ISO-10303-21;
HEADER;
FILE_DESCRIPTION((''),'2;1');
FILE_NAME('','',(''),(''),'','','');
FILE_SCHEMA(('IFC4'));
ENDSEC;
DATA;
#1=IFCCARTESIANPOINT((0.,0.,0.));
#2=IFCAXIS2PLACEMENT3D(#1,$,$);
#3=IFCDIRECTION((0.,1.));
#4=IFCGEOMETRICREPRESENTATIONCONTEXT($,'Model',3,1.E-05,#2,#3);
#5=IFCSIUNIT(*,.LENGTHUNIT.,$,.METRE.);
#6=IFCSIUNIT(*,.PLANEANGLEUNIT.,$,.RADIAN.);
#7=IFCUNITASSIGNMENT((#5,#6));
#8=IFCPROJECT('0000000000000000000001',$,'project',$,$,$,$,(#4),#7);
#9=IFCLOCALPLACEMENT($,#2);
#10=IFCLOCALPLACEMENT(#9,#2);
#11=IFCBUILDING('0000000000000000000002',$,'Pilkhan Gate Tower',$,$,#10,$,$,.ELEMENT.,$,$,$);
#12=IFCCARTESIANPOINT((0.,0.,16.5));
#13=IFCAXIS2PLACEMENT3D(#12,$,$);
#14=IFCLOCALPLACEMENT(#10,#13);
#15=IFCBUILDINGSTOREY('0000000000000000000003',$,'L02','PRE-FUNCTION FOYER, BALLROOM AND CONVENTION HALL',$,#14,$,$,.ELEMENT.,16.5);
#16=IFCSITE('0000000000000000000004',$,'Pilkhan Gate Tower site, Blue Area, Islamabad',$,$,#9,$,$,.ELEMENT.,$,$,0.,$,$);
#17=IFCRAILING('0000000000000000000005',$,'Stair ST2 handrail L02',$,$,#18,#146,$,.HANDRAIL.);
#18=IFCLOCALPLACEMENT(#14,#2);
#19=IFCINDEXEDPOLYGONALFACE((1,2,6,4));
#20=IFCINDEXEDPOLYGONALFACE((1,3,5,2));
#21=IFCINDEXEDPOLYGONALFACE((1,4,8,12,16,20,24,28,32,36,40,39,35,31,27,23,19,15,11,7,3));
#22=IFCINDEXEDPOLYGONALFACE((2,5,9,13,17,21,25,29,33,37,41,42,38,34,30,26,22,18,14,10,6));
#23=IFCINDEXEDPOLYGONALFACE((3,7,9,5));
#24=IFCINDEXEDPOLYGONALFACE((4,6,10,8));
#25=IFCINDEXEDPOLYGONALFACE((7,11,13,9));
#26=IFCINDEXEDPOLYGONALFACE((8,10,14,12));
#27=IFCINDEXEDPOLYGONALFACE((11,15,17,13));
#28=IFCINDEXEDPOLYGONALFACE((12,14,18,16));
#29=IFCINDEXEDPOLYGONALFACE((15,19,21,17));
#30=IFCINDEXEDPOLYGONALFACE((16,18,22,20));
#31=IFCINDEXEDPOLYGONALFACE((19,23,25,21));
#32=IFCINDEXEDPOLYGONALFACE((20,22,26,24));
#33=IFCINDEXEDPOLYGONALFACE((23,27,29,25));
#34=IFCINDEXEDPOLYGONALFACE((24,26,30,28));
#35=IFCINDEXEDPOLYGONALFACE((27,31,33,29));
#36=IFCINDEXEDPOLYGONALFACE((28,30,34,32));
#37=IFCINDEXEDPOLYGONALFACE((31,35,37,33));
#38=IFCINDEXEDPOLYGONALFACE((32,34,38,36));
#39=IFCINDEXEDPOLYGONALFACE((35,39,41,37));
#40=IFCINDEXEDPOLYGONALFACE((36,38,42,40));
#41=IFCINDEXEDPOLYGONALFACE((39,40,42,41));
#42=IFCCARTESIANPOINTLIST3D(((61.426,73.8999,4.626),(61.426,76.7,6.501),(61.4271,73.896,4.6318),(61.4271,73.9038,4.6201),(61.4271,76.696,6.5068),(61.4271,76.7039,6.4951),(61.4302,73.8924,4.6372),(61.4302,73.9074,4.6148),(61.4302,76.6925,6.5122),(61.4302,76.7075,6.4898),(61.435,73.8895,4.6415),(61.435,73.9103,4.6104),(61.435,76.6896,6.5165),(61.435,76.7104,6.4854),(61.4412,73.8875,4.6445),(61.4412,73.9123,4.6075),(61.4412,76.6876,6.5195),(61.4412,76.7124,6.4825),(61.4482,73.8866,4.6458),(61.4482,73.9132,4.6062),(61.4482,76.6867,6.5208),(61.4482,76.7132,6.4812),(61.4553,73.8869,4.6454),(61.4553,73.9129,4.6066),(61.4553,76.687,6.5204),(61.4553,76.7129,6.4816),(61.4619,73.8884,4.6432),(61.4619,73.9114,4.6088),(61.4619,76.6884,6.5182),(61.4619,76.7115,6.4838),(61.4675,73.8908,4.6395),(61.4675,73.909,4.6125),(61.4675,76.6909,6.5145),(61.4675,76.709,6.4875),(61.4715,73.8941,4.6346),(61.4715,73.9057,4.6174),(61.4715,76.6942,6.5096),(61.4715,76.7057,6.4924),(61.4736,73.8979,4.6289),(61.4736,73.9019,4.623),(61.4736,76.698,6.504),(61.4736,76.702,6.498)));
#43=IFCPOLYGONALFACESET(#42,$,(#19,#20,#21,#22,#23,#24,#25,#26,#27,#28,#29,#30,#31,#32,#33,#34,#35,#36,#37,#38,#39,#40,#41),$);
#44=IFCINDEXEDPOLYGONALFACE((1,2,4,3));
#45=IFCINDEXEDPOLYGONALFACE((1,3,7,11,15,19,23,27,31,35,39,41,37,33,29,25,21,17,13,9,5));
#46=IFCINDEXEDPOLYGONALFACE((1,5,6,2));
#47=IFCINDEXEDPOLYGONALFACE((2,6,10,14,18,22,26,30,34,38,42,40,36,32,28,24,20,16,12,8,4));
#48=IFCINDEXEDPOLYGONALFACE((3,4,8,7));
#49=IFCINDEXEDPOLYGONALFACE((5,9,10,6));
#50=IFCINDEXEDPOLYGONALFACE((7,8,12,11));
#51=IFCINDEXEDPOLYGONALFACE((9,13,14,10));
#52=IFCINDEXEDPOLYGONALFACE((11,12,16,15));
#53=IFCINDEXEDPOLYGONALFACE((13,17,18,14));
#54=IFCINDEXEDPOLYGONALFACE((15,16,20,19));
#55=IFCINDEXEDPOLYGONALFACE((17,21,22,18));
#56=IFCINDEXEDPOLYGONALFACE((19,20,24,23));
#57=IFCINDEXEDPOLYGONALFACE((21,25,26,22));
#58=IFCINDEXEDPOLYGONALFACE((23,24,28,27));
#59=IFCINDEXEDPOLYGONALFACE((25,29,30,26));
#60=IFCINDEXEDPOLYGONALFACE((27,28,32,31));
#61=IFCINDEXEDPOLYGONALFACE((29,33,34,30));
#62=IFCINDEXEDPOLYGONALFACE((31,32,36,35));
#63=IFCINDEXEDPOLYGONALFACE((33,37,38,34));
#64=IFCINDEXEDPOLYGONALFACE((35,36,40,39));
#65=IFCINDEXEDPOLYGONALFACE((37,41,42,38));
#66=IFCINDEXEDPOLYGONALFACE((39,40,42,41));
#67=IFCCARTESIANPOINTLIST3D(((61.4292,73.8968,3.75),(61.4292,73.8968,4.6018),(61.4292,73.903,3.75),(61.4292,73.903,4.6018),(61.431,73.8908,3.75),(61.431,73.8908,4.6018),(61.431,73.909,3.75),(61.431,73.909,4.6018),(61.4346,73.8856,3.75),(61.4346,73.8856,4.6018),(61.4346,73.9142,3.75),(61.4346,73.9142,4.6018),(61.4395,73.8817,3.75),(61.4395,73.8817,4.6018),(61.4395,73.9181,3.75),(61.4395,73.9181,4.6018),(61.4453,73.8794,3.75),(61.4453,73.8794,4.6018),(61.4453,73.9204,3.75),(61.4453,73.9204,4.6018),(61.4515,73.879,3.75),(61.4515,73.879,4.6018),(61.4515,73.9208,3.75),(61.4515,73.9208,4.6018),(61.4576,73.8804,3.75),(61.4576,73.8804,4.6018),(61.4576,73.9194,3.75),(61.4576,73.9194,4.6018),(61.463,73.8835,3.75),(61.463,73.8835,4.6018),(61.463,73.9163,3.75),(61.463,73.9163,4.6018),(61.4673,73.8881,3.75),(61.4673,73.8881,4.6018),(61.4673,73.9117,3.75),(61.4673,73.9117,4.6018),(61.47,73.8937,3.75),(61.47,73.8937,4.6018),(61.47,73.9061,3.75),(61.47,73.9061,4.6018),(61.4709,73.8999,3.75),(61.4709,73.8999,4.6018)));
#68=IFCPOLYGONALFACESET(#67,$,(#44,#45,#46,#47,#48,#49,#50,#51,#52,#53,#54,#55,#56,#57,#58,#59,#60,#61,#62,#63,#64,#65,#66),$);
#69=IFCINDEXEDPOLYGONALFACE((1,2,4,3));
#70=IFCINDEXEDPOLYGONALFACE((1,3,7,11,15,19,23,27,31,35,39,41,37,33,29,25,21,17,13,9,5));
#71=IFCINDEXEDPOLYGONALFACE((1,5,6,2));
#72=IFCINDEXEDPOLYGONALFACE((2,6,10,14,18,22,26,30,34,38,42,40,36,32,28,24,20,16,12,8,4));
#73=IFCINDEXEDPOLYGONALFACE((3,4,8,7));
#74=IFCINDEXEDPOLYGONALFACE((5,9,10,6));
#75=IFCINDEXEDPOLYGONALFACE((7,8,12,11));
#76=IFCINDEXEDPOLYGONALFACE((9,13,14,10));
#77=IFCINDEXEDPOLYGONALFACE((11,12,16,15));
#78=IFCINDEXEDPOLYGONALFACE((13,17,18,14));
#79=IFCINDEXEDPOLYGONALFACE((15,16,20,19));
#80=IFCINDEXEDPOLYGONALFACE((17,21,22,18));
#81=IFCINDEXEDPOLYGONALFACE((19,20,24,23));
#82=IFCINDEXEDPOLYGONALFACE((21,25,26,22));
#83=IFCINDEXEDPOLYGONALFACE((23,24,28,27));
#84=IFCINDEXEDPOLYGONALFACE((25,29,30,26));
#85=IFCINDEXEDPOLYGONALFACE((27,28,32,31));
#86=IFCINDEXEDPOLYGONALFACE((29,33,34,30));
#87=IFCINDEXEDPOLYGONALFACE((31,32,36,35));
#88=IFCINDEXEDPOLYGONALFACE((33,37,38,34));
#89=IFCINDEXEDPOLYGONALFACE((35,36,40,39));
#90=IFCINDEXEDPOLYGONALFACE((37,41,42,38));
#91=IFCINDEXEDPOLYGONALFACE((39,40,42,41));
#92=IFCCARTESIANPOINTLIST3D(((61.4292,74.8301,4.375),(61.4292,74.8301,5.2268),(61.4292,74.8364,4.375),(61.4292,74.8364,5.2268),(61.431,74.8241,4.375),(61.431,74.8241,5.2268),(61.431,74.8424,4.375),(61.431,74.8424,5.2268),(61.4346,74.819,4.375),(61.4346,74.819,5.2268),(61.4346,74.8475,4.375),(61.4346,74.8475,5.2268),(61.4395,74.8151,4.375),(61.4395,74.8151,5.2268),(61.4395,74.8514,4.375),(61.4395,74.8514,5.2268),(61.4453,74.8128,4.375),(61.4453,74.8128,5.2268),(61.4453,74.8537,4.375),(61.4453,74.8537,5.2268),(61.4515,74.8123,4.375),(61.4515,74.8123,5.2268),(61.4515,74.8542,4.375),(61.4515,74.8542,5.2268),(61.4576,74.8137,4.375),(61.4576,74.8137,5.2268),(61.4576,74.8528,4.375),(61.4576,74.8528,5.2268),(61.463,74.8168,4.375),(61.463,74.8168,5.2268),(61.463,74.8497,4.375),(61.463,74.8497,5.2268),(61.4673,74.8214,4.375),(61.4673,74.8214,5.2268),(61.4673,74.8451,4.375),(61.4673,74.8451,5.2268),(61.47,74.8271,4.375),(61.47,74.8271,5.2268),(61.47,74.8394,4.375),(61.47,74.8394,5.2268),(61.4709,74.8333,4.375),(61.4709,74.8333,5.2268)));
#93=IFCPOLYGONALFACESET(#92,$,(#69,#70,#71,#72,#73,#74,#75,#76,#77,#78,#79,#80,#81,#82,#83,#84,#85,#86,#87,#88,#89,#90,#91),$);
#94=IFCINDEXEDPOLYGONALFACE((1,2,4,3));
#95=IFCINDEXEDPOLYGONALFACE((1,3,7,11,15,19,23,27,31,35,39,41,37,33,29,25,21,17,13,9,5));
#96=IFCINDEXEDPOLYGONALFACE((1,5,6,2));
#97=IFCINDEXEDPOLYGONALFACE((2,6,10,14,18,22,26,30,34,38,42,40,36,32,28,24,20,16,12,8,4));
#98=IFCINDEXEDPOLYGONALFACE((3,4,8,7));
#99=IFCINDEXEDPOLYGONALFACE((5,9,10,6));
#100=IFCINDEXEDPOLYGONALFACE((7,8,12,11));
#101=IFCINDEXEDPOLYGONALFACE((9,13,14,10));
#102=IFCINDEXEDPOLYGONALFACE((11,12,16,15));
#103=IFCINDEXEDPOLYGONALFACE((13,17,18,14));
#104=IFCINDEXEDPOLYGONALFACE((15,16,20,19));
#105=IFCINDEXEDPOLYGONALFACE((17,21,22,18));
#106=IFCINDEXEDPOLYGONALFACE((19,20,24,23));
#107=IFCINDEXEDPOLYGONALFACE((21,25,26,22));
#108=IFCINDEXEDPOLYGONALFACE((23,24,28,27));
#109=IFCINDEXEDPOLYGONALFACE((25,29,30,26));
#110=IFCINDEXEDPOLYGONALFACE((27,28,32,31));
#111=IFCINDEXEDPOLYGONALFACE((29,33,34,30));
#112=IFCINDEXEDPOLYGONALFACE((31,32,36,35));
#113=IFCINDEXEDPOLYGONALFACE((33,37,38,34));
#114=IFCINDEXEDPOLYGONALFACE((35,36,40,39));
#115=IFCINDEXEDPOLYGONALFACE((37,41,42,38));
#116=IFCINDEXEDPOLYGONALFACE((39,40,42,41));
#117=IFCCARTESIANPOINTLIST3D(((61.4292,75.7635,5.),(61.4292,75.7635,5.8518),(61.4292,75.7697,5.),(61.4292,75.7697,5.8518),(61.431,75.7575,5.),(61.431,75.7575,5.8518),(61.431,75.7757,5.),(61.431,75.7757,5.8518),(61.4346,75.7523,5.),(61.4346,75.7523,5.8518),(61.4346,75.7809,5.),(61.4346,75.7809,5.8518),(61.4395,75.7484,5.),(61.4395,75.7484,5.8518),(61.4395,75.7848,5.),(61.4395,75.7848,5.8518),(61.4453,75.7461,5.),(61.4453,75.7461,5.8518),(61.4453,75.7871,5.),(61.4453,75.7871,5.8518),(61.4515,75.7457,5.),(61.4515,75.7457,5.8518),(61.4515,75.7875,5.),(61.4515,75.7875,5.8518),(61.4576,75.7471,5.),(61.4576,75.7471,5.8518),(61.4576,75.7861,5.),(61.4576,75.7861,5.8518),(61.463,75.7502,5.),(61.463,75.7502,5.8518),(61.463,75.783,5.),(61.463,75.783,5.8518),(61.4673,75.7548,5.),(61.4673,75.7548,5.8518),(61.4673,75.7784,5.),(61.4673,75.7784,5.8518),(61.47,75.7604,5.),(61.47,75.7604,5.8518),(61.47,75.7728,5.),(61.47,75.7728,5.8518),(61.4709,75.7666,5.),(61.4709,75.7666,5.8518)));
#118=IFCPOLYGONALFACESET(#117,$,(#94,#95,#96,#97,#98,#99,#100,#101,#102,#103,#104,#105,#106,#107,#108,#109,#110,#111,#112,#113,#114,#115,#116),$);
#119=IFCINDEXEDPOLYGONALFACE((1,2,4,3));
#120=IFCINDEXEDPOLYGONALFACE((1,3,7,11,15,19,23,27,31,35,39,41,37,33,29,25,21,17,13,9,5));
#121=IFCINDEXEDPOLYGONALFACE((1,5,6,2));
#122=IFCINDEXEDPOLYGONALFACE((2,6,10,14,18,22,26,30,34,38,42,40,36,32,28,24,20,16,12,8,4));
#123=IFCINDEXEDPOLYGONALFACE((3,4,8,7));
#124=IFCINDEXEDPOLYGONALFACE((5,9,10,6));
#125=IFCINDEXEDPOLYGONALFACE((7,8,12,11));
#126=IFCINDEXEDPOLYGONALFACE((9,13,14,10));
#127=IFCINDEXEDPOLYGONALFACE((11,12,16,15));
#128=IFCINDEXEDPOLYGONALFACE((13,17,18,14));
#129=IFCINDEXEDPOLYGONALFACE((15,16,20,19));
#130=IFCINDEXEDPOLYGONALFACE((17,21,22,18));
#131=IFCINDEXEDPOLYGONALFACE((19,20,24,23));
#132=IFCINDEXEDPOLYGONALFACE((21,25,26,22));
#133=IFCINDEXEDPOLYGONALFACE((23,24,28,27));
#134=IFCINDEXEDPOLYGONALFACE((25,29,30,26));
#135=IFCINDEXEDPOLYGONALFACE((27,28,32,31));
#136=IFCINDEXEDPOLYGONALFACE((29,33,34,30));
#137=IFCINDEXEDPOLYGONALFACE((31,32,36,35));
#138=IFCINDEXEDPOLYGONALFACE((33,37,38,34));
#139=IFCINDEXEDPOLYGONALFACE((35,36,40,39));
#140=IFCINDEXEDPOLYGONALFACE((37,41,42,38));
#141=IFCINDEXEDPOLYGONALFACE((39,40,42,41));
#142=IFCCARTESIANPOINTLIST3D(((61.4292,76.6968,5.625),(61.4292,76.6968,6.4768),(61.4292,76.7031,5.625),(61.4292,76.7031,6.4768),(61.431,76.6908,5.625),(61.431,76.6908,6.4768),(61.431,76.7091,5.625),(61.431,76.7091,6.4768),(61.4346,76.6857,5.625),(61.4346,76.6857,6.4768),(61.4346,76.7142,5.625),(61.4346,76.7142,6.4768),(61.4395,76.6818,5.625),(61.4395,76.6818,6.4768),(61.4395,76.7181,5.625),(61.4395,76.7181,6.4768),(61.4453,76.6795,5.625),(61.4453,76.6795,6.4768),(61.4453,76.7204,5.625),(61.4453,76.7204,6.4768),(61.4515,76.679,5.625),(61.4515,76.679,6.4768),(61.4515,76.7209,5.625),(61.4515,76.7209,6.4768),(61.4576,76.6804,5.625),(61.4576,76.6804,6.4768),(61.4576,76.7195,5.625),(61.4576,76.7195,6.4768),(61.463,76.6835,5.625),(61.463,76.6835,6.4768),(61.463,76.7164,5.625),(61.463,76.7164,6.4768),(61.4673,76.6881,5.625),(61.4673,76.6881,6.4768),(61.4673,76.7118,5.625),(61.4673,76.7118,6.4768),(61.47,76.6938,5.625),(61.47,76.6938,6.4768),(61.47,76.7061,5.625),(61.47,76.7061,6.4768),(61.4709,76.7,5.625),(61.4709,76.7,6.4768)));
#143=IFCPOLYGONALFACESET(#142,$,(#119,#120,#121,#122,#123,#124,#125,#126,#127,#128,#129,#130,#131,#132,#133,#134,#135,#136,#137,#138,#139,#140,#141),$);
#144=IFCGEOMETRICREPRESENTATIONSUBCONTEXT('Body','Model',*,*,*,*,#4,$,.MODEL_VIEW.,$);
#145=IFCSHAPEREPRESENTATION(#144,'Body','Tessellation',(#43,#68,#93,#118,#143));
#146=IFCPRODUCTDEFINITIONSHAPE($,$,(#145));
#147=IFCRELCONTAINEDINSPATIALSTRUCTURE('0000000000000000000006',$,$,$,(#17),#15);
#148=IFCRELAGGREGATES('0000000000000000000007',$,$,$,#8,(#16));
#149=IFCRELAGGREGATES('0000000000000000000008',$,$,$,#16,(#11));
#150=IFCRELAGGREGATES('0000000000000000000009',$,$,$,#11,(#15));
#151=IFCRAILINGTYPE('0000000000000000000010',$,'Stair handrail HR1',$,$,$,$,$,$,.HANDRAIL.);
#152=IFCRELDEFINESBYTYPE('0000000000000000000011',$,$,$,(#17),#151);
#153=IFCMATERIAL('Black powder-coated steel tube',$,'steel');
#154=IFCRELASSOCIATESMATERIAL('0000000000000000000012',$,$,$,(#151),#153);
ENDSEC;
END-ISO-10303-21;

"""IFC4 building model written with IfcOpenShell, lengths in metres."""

from ifc_helpers import new_model, si_unit, direction, frame, origin, origin_2d, place, context, subcontext, project, spatial, circle, extrude, material, type_object, element, save


model = new_model("IFC4")

# Units and contexts
model_context = context("Model", 3, precision=1e-05, world=origin(), true_north=direction((0.0, 1.0)))
body_context = subcontext(model_context, "Body", "Model", "MODEL_VIEW")
ifc_project = project(units=[si_unit("LENGTHUNIT", "METRE"), si_unit("PLANEANGLEUNIT", "RADIAN")], contexts=[model_context])

# Site, building, storey
site_placement = place(None, origin())
site = spatial("IfcSite", under=ifc_project, at=site_placement, Name="Pilkhan Gate Tower site, Blue Area, Islamabad", CompositionType="ELEMENT", RefElevation=0.0)
building_placement = place(site_placement, origin())
building = spatial("IfcBuilding", under=site, at=building_placement, Name="Pilkhan Gate Tower", CompositionType="ELEMENT")
storey_placement = place(building_placement, frame((0.0, 0.0, 16.5)))
storey = spatial("IfcBuildingStorey", under=building, at=storey_placement, Name="L02", Description="PRE-FUNCTION FOYER, BALLROOM AND CONVENTION HALL", CompositionType="ELEMENT", Elevation=16.5)

# Railing
ifc_material_1 = material(Name="Black powder-coated steel tube", Category="steel")
railing_type_1 = type_object("IfcRailingType", Name="Stair handrail HR1", PredefinedType="HANDRAIL", material=ifc_material_1)
railing_1_placement = place(storey_placement, frame((61.45, 73.8999, 3.75)))
element("IfcRailing", 1, at=railing_1_placement, inside=storey, type_object=railing_type_1, Name="Stair ST2 handrail L02", PredefinedType="HANDRAIL", context=body_context, shape_type="SweptSolid", body=[
    extrude(circle(Radius=0.0239, at=origin_2d()), frame((0.0, 0.0, 0.876), z_axis=(0.0, 0.830912, 0.556404), x_axis=(-1.0, 0.0, 0.0)), (0.0, 0.0, 1.0), 3.3699),
    extrude(circle(Radius=0.021, at=origin_2d()), origin(), (0.0, 0.0, 1.0), 0.8518),
    extrude(circle(Radius=0.021, at=origin_2d()), frame((0.0, 0.9333, 0.625)), (0.0, 0.0, 1.0), 0.8518),
    extrude(circle(Radius=0.021, at=origin_2d()), frame((0.0, 1.8667, 1.25)), (0.0, 0.0, 1.0), 0.8518),
    extrude(circle(Radius=0.021, at=origin_2d()), frame((0.0, 2.8, 1.875)), (0.0, 0.0, 1.0), 0.8518),
])

save(model, "model.ifc")
